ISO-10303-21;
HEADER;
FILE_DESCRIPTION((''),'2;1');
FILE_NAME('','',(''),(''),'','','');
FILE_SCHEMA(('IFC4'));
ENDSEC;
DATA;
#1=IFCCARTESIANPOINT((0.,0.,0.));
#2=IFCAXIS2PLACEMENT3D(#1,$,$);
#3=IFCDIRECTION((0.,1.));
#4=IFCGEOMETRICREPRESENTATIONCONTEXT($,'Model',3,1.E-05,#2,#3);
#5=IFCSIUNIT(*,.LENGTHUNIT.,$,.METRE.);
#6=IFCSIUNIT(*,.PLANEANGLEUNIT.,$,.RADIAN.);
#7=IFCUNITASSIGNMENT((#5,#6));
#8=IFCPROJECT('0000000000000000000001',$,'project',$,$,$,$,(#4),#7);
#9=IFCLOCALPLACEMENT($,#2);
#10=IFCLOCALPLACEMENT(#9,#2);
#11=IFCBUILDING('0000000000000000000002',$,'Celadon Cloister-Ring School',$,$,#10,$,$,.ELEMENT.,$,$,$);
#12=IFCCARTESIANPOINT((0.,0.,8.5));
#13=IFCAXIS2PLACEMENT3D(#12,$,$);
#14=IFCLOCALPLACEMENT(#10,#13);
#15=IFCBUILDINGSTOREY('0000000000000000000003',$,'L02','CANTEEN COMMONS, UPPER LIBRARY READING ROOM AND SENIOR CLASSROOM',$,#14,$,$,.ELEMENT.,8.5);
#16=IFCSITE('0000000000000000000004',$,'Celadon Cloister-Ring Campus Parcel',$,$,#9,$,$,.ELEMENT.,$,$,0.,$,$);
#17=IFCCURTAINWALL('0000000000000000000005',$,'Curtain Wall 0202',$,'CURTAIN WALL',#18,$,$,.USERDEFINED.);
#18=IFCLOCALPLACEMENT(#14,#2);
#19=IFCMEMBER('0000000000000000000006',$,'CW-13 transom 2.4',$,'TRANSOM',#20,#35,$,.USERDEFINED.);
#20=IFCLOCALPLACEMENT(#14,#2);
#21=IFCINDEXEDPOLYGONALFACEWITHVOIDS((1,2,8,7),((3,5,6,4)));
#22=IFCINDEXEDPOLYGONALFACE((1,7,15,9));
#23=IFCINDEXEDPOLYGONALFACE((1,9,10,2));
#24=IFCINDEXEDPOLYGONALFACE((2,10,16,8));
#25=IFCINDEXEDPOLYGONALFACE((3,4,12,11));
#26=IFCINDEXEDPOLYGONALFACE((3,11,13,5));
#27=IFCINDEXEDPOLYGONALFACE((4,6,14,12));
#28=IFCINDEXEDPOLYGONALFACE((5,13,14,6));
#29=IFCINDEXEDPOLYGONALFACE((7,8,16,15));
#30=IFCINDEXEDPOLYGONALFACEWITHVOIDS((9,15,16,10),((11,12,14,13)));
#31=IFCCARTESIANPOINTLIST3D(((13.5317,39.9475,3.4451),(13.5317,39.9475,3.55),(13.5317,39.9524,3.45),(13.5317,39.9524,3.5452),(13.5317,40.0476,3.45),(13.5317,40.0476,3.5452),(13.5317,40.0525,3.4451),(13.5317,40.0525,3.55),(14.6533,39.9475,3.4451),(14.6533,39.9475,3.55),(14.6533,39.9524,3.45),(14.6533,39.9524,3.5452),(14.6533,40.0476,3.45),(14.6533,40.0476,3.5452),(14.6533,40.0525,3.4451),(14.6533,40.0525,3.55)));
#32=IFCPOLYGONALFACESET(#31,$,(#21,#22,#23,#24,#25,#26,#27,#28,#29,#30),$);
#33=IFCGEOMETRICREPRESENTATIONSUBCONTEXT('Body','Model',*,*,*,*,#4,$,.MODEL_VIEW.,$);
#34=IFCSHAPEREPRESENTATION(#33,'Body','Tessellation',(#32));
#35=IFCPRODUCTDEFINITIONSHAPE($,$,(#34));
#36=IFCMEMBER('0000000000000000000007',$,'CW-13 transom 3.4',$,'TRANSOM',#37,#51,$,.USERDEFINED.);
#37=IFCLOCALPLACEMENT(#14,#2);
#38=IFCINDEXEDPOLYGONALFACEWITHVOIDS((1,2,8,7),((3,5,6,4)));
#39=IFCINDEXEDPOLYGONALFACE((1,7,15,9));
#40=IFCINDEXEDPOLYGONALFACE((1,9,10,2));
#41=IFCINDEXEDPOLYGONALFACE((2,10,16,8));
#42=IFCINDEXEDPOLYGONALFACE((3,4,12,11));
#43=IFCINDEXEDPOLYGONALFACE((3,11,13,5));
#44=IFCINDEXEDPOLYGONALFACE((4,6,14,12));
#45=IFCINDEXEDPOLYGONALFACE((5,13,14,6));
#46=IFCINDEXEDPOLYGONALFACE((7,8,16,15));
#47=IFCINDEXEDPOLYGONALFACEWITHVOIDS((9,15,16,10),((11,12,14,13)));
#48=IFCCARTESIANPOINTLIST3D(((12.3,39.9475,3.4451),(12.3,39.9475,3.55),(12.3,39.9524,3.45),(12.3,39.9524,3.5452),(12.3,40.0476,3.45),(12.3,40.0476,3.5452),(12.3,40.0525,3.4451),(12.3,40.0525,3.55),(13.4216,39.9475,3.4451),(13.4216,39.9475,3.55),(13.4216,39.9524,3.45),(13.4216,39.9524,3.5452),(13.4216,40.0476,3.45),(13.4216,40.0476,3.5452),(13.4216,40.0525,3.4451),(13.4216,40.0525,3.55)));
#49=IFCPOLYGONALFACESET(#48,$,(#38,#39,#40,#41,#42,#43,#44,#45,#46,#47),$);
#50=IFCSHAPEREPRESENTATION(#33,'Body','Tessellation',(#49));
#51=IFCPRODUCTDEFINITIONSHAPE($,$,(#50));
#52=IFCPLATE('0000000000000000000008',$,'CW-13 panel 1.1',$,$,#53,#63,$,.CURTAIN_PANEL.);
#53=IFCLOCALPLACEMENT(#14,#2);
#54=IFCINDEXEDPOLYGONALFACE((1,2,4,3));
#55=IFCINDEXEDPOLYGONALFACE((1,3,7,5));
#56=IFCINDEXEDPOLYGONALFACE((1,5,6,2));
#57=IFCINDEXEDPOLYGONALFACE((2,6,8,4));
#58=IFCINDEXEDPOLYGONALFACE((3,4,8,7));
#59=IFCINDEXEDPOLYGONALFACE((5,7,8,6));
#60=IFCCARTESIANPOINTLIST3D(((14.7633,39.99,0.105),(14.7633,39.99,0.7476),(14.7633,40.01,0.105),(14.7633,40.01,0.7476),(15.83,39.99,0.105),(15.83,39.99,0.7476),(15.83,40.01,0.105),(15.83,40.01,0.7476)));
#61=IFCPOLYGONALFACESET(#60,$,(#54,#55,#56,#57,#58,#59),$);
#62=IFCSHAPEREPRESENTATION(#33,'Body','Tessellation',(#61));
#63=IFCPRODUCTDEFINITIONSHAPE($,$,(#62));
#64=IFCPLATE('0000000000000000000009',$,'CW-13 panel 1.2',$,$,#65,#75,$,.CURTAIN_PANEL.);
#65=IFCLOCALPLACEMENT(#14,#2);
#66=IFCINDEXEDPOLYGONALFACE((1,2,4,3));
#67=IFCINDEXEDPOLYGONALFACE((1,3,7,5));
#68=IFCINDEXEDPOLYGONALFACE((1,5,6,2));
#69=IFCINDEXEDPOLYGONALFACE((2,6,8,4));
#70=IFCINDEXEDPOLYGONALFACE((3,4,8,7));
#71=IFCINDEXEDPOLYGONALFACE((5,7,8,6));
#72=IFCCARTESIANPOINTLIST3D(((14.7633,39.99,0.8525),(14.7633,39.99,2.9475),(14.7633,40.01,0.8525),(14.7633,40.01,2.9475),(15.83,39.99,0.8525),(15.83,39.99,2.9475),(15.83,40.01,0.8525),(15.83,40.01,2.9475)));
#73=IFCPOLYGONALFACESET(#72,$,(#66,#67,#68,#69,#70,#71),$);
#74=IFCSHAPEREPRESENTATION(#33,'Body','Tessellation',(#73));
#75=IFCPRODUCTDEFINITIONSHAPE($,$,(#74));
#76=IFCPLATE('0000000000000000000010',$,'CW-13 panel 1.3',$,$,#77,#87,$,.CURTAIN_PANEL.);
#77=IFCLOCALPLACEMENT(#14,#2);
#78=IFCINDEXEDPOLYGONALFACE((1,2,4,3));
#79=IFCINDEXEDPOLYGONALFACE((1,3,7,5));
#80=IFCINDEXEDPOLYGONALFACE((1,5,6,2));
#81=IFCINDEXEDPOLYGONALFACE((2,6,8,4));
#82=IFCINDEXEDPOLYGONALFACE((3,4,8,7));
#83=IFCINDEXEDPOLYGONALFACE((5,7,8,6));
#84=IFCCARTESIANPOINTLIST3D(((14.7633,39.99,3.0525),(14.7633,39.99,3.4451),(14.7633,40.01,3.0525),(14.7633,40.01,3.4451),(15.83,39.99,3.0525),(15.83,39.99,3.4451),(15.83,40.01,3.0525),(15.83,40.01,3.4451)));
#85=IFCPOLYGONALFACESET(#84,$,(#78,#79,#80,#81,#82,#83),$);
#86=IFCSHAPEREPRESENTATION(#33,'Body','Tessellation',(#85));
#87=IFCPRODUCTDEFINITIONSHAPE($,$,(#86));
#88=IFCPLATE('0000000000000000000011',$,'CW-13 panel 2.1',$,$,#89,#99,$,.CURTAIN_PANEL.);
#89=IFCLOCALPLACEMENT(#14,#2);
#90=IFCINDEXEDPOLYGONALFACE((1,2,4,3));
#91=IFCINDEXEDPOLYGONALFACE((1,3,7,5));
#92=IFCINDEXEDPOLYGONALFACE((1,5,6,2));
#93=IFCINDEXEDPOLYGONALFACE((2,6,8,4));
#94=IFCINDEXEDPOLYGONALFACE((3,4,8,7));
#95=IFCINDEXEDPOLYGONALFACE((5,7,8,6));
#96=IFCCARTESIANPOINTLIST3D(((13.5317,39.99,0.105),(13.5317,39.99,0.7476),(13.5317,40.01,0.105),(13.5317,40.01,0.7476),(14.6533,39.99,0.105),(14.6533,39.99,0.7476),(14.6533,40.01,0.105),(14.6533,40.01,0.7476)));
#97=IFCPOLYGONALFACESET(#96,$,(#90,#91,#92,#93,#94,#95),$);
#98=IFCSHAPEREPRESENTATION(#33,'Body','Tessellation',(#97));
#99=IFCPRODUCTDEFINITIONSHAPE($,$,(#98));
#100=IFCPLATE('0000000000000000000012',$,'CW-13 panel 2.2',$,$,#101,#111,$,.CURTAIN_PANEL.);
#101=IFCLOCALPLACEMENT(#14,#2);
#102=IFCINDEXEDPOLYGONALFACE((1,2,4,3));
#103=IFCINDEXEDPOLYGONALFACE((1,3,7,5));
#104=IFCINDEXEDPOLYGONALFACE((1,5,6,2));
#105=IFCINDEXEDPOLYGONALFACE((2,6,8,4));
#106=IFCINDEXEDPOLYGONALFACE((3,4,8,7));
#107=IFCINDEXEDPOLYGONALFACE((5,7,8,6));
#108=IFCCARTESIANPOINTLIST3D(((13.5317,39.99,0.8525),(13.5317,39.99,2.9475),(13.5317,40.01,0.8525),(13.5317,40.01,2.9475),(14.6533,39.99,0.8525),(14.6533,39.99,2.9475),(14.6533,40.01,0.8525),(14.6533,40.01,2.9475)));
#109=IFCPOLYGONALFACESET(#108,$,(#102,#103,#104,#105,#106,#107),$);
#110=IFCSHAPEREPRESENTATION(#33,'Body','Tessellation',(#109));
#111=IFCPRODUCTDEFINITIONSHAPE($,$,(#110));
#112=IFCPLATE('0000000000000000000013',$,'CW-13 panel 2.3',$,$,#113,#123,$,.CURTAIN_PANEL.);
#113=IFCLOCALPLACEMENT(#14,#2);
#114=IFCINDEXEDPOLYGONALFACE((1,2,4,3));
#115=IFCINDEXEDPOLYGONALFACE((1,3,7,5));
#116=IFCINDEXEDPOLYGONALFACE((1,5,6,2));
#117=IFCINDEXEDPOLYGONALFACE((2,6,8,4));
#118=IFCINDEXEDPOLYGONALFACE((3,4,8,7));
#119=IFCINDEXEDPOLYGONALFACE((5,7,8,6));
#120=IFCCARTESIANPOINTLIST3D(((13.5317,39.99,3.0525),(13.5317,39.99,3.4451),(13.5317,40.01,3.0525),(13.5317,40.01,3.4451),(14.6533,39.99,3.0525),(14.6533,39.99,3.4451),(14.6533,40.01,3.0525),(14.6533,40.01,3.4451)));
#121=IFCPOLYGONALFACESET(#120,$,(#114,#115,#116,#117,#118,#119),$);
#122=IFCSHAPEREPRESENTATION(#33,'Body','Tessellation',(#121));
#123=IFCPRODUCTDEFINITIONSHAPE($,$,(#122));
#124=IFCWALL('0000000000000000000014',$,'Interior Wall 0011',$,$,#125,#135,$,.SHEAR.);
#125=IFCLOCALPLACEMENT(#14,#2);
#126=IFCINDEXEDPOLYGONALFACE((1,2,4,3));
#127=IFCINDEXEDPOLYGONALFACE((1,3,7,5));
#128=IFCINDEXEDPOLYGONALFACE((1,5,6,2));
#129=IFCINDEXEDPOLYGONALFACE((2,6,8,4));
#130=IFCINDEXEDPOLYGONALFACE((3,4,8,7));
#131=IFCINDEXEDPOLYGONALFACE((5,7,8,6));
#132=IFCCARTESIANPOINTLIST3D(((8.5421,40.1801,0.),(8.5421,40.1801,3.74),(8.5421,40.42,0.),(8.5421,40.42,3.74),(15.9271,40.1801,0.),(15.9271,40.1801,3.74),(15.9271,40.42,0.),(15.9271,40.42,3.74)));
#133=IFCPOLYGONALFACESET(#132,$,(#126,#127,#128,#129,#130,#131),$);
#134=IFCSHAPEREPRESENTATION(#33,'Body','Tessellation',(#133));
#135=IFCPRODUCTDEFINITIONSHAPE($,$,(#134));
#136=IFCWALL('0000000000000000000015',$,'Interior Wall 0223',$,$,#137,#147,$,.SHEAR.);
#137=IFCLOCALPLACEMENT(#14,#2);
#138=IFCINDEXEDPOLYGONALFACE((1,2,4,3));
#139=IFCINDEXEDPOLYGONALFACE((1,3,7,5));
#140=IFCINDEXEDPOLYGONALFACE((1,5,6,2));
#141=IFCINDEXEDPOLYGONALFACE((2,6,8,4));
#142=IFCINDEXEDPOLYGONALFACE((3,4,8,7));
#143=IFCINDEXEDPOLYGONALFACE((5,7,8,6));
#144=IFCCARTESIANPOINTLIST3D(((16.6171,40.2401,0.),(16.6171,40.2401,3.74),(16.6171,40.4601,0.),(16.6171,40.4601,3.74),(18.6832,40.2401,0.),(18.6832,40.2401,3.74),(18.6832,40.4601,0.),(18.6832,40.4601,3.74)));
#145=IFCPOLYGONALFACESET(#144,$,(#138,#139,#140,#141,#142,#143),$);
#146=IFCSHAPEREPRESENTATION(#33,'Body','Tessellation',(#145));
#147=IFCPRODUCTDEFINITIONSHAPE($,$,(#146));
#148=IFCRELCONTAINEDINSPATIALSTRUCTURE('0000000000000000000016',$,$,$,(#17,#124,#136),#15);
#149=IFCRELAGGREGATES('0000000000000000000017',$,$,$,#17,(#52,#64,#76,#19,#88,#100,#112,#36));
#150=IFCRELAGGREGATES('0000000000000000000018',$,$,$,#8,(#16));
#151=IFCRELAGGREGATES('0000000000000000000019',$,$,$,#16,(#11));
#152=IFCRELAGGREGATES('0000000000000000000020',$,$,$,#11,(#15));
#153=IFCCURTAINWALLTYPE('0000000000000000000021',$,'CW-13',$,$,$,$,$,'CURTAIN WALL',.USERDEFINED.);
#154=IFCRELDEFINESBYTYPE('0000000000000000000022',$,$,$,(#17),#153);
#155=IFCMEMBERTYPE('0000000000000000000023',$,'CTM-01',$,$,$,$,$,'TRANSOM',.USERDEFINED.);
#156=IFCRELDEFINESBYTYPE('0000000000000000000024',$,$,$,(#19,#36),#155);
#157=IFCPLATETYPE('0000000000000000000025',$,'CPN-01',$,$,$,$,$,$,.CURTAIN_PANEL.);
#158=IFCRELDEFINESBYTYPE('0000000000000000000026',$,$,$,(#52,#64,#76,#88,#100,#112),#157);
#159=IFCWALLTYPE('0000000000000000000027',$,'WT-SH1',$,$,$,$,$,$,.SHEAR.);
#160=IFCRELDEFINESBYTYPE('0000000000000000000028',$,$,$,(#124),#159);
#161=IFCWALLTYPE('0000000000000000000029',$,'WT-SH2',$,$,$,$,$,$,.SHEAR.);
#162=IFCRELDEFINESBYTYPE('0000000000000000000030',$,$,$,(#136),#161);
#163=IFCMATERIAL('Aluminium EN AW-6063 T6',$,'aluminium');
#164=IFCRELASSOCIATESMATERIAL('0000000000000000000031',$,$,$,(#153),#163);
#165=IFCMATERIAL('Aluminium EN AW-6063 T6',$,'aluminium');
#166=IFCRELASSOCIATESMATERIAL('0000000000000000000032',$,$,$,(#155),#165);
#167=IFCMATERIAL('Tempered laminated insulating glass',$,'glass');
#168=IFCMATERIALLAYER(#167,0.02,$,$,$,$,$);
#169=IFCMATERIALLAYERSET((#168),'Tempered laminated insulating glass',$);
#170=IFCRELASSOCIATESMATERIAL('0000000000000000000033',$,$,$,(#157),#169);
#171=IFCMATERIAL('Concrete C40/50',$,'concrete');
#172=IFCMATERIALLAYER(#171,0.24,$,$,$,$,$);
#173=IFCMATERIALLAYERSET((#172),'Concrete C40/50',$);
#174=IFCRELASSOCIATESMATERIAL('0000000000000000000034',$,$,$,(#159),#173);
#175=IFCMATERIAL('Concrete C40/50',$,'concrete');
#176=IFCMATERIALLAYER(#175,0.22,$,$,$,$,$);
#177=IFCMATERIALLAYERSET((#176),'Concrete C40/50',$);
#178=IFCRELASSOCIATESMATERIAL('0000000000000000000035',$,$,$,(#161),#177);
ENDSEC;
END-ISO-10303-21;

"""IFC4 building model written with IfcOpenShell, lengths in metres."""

from ifc_helpers import new_model, si_unit, direction, frame, frame_2d, origin, origin_2d, place, context, subcontext, project, spatial, rectangle, hollow_rectangle, extrude, material, layer, layer_set, material_profile, profile_set, type_object, element, aggregate, save


model = new_model("IFC4")

# Units and contexts
model_context = context("Model", 3, precision=1e-05, world=origin(), true_north=direction((0.0, 1.0)))
body_context = subcontext(model_context, "Body", "Model", "MODEL_VIEW")
ifc_project = project(units=[si_unit("LENGTHUNIT", "METRE"), si_unit("PLANEANGLEUNIT", "RADIAN")], contexts=[model_context])

# Site, building, storey
site_placement = place(None, origin())
site = spatial("IfcSite", under=ifc_project, at=site_placement, Name="Celadon Cloister-Ring Campus Parcel", CompositionType="ELEMENT", RefElevation=0.0)
building_placement = place(site_placement, origin())
building = spatial("IfcBuilding", under=site, at=building_placement, Name="Celadon Cloister-Ring School", CompositionType="ELEMENT")
storey_placement = place(building_placement, frame((0.0, 0.0, 8.5)))
storey = spatial("IfcBuildingStorey", under=building, at=storey_placement, Name="L02", Description="CANTEEN COMMONS, UPPER LIBRARY READING ROOM AND SENIOR CLASSROOM", CompositionType="ELEMENT", Elevation=8.5)

# Curtain wall, members, plates
ifc_material_1 = material(Name="Aluminium EN AW-6063 T6", Category="aluminium")
curtain_wall_type = type_object("IfcCurtainWallType", Name="CW-13", ElementType="CURTAIN WALL", PredefinedType="USERDEFINED", material=ifc_material_1)
curtain_wall_placement = place(storey_placement, origin())
curtain_wall = element("IfcCurtainWall", 1, at=curtain_wall_placement, inside=storey, type_object=curtain_wall_type, Name="Curtain Wall 0202", ObjectType="CURTAIN WALL", PredefinedType="USERDEFINED")
ifc_material_2 = material(Name="Aluminium EN AW-6063 T6", Category="aluminium")
ifc_material_profile_1 = material_profile(ifc_material_2, hollow_rectangle(XDim=0.105, YDim=0.105, WallThickness=0.0049, at=origin_2d()), Name="RHS105X105X5")
ifc_profile_set_1 = profile_set([ifc_material_profile_1], Name="Aluminium EN AW-6063 T6")
member_type_1 = type_object("IfcMemberType", Name="CTM-01", ElementType="TRANSOM", PredefinedType="USERDEFINED", material=ifc_profile_set_1)
member_1_placement = place(storey_placement, frame((14.6533, 40.0, 3.4976), z_axis=(-1.0, 0.0, 0.0), x_axis=(0.0, -1.0, 0.0)))
member_1 = element("IfcMember", 2, at=member_1_placement, type_object=member_type_1, Name="CW-13 transom 2.4", ObjectType="TRANSOM", PredefinedType="USERDEFINED", context=body_context, shape_type="SweptSolid", body=[
    extrude(hollow_rectangle(XDim=0.105, YDim=0.105, WallThickness=0.0049, at=origin_2d()), origin(), (0.0, 0.0, 1.0), 1.1216),
])
member_2_placement = place(storey_placement, frame((13.4216, 40.0, 3.4976), z_axis=(-1.0, 0.0, 0.0), x_axis=(0.0, -1.0, 0.0)))
member_2 = element("IfcMember", 3, at=member_2_placement, type_object=member_type_1, Name="CW-13 transom 3.4", ObjectType="TRANSOM", PredefinedType="USERDEFINED", context=body_context, shape_type="SweptSolid", body=[
    extrude(hollow_rectangle(XDim=0.105, YDim=0.105, WallThickness=0.0049, at=origin_2d()), origin(), (0.0, 0.0, 1.0), 1.1216),
])
ifc_material_3 = material(Name="Tempered laminated insulating glass", Category="glass")
ifc_layer_1 = layer(ifc_material_3, 0.02)
ifc_layer_set_1 = layer_set([ifc_layer_1], Name="Tempered laminated insulating glass")
plate_type = type_object("IfcPlateType", Name="CPN-01", PredefinedType="CURTAIN_PANEL", material=ifc_layer_set_1)
plate_1_placement = place(storey_placement, frame((15.2966, 40.0, 0.105), z_axis=(0.0, 0.0, 1.0), x_axis=(-1.0, 0.0, 0.0)))
plate_1 = element("IfcPlate", 4, at=plate_1_placement, type_object=plate_type, Name="CW-13 panel 1.1", PredefinedType="CURTAIN_PANEL", context=body_context, shape_type="SweptSolid", body=[
    extrude(rectangle(XDim=1.0667, YDim=0.02, at=origin_2d()), origin(), (0.0, 0.0, 1.0), 0.6426),
])
plate_2_placement = place(storey_placement, frame((15.2966, 40.0, 0.8525), z_axis=(0.0, 0.0, 1.0), x_axis=(-1.0, 0.0, 0.0)))
plate_2 = element("IfcPlate", 5, at=plate_2_placement, type_object=plate_type, Name="CW-13 panel 1.2", PredefinedType="CURTAIN_PANEL", context=body_context, shape_type="SweptSolid", body=[
    extrude(rectangle(XDim=1.0667, YDim=0.02, at=origin_2d()), origin(), (0.0, 0.0, 1.0), 2.095),
])
plate_3_placement = place(storey_placement, frame((15.2966, 40.0, 3.0525), z_axis=(0.0, 0.0, 1.0), x_axis=(-1.0, 0.0, 0.0)))
plate_3 = element("IfcPlate", 6, at=plate_3_placement, type_object=plate_type, Name="CW-13 panel 1.3", PredefinedType="CURTAIN_PANEL", context=body_context, shape_type="SweptSolid", body=[
    extrude(rectangle(XDim=1.0667, YDim=0.02, at=origin_2d()), origin(), (0.0, 0.0, 1.0), 0.3926),
])
plate_4_placement = place(storey_placement, frame((14.0925, 40.0, 0.105), z_axis=(0.0, 0.0, 1.0), x_axis=(-1.0, 0.0, 0.0)))
plate_4 = element("IfcPlate", 7, at=plate_4_placement, type_object=plate_type, Name="CW-13 panel 2.1", PredefinedType="CURTAIN_PANEL", context=body_context, shape_type="SweptSolid", body=[
    extrude(rectangle(XDim=1.1216, YDim=0.02, at=origin_2d()), origin(), (0.0, 0.0, 1.0), 0.6426),
])
plate_5_placement = place(storey_placement, frame((14.0925, 40.0, 0.8525), z_axis=(0.0, 0.0, 1.0), x_axis=(-1.0, 0.0, 0.0)))
plate_5 = element("IfcPlate", 8, at=plate_5_placement, type_object=plate_type, Name="CW-13 panel 2.2", PredefinedType="CURTAIN_PANEL", context=body_context, shape_type="SweptSolid", body=[
    extrude(rectangle(XDim=1.1216, YDim=0.02, at=origin_2d()), origin(), (0.0, 0.0, 1.0), 2.095),
])
plate_6_placement = place(storey_placement, frame((14.0925, 40.0, 3.0525), z_axis=(0.0, 0.0, 1.0), x_axis=(-1.0, 0.0, 0.0)))
plate_6 = element("IfcPlate", 9, at=plate_6_placement, type_object=plate_type, Name="CW-13 panel 2.3", PredefinedType="CURTAIN_PANEL", context=body_context, shape_type="SweptSolid", body=[
    extrude(rectangle(XDim=1.1216, YDim=0.02, at=origin_2d()), origin(), (0.0, 0.0, 1.0), 0.3926),
])
aggregate(curtain_wall, [plate_1, plate_2, plate_3, member_1, plate_4, plate_5, plate_6, member_2])

# Walls
ifc_material_4 = material(Name="Concrete C40/50", Category="concrete")
ifc_layer_2 = layer(ifc_material_4, 0.24)
ifc_layer_set_2 = layer_set([ifc_layer_2], Name="Concrete C40/50")
wall_type_1 = type_object("IfcWallType", Name="WT-SH1", PredefinedType="SHEAR", material=ifc_layer_set_2)
wall_1_placement = place(storey_placement, frame((15.927, 40.3, 0.0), z_axis=(0.0, 0.0, 1.0), x_axis=(-1.0, 0.0, 0.0)))
element("IfcWall", 10, at=wall_1_placement, inside=storey, type_object=wall_type_1, Name="Interior Wall 0011", PredefinedType="SHEAR", context=body_context, shape_type="SweptSolid", body=[
    extrude(rectangle(XDim=7.385, YDim=0.24, at=frame_2d((3.6924, 0.0))), origin(), (0.0, 0.0, 1.0), 3.74),
])
ifc_material_5 = material(Name="Concrete C40/50", Category="concrete")
ifc_layer_3 = layer(ifc_material_5, 0.22)
ifc_layer_set_3 = layer_set([ifc_layer_3], Name="Concrete C40/50")
wall_type_2 = type_object("IfcWallType", Name="WT-SH2", PredefinedType="SHEAR", material=ifc_layer_set_3)
wall_2_placement = place(storey_placement, frame((16.6169, 40.3501, 0.0), z_axis=(0.0, 0.0, 1.0), x_axis=(1.0, 0.0, 0.0)))
element("IfcWall", 11, at=wall_2_placement, inside=storey, type_object=wall_type_2, Name="Interior Wall 0223", PredefinedType="SHEAR", context=body_context, shape_type="SweptSolid", body=[
    extrude(rectangle(XDim=2.0662, YDim=0.22, at=frame_2d((1.0332, 0.0))), origin(), (0.0, 0.0, 1.0), 3.74),
])

save(model, "model.ifc")
